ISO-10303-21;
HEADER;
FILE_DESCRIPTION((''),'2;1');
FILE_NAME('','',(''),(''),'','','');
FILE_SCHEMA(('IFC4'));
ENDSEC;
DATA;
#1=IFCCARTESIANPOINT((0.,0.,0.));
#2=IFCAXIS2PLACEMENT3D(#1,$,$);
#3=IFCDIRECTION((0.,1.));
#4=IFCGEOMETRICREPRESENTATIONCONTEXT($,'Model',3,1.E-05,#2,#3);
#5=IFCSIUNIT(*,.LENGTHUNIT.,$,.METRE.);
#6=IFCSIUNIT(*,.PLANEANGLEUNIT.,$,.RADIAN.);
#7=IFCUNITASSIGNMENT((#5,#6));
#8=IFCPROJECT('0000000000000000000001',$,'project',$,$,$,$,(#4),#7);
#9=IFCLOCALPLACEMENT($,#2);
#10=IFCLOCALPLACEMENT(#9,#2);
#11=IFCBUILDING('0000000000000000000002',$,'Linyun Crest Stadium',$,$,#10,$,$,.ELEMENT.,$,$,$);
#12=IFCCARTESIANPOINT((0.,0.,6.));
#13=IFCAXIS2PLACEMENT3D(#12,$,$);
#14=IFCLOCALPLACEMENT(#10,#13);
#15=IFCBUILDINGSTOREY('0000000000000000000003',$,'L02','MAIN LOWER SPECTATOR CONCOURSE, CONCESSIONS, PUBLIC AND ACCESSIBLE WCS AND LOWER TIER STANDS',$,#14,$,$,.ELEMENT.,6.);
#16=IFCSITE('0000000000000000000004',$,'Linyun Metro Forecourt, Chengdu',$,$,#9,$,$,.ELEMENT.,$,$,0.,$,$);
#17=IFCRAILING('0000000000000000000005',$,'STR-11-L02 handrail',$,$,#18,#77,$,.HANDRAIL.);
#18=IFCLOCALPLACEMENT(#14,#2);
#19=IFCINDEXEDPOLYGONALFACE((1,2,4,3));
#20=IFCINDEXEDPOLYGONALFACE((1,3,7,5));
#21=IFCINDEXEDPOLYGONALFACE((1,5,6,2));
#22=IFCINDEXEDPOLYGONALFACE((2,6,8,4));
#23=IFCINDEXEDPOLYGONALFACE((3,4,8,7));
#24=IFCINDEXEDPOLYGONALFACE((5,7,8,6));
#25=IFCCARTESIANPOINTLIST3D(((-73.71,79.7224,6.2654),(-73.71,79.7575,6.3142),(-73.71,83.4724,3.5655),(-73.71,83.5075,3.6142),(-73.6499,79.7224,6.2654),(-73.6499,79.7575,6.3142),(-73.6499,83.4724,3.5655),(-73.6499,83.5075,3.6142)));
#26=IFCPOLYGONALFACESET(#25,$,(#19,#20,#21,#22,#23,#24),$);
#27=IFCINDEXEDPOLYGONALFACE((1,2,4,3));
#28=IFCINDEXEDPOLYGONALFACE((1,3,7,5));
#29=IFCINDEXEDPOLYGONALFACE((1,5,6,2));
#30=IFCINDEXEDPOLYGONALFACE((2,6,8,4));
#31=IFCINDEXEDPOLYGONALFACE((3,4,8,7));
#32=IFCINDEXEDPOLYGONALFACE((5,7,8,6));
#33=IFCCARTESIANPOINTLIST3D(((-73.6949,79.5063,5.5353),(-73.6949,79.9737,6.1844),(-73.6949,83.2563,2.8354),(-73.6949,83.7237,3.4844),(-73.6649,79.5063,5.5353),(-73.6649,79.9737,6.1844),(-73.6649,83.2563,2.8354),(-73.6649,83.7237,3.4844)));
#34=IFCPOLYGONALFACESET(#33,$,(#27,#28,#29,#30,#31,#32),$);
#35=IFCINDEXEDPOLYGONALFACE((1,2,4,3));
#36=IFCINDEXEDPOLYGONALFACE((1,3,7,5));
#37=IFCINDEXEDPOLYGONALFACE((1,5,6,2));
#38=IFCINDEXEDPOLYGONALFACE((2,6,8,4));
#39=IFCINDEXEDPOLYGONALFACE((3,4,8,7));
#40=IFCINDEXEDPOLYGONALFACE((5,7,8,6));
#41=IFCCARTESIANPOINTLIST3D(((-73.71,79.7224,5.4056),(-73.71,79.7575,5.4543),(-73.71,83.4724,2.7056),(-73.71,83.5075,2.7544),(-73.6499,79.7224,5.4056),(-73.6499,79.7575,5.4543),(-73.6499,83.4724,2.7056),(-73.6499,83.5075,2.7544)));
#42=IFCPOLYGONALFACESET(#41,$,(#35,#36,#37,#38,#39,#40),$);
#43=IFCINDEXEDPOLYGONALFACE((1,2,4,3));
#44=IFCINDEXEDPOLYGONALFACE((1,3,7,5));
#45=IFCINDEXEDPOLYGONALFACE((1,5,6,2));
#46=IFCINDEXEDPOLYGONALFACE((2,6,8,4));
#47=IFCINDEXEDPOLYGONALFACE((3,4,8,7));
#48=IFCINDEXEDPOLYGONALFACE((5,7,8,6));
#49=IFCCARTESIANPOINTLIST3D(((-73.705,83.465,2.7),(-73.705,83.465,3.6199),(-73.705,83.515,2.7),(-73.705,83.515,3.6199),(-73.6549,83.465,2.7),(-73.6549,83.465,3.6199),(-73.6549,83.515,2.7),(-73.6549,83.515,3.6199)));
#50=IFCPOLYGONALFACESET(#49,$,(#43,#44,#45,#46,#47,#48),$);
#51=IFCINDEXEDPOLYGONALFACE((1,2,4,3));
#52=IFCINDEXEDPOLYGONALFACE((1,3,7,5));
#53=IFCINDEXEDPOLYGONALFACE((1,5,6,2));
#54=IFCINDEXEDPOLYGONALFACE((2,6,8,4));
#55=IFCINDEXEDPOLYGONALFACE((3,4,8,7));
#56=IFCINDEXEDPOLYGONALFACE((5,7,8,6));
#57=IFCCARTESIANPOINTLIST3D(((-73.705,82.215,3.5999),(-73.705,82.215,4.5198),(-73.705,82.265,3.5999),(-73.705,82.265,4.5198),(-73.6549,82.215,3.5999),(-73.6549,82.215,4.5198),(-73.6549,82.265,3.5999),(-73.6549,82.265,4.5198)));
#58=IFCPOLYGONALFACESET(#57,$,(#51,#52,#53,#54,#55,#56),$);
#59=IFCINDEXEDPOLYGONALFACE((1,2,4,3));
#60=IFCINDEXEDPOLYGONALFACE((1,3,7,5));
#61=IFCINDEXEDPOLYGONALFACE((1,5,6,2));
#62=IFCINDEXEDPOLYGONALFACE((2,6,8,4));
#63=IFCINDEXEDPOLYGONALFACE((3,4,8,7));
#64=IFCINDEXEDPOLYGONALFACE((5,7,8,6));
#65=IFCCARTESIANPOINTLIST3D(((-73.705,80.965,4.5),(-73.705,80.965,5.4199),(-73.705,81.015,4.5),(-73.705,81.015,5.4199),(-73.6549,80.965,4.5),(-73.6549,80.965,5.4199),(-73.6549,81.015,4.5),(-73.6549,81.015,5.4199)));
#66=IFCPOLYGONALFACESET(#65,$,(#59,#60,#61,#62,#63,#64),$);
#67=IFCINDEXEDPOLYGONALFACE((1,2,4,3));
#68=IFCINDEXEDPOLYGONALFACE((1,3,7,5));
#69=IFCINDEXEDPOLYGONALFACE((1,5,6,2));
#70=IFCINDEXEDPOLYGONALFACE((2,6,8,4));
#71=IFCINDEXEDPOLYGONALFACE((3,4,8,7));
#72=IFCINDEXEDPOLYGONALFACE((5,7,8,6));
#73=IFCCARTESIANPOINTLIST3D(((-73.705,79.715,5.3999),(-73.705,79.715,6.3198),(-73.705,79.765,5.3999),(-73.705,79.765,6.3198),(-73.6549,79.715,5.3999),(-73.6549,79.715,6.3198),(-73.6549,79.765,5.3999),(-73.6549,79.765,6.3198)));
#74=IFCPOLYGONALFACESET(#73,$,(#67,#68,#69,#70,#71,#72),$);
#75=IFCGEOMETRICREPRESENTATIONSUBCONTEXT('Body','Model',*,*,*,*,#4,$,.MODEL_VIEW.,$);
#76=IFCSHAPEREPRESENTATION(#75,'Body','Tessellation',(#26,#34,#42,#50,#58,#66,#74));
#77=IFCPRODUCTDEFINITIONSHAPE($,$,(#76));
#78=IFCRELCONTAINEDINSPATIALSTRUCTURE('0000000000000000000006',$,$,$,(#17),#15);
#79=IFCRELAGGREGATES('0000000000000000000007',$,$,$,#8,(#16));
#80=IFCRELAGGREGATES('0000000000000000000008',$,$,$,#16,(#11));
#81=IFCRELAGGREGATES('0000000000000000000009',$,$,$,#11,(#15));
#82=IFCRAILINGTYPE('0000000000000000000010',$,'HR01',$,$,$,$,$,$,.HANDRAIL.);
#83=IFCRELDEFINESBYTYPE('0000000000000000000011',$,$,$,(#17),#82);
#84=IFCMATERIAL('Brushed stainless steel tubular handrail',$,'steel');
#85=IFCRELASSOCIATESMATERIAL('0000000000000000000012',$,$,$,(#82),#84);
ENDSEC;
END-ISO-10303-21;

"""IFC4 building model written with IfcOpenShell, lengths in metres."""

from ifc_helpers import new_model, si_unit, direction, frame, origin, origin_2d, place, context, subcontext, project, spatial, rectangle, extrude, material, type_object, element, save


model = new_model("IFC4")

# Units and contexts
model_context = context("Model", 3, precision=1e-05, world=origin(), true_north=direction((0.0, 1.0)))
body_context = subcontext(model_context, "Body", "Model", "MODEL_VIEW")
ifc_project = project(units=[si_unit("LENGTHUNIT", "METRE"), si_unit("PLANEANGLEUNIT", "RADIAN")], contexts=[model_context])

# Site, building, storey
site_placement = place(None, origin())
site = spatial("IfcSite", under=ifc_project, at=site_placement, Name="Linyun Metro Forecourt, Chengdu", CompositionType="ELEMENT", RefElevation=0.0)
building_placement = place(site_placement, origin())
building = spatial("IfcBuilding", under=site, at=building_placement, Name="Linyun Crest Stadium", CompositionType="ELEMENT")
storey_placement = place(building_placement, frame((0.0, 0.0, 6.0)))
storey = spatial("IfcBuildingStorey", under=building, at=storey_placement, Name="L02", Description="MAIN LOWER SPECTATOR CONCOURSE, CONCESSIONS, PUBLIC AND ACCESSIBLE WCS AND LOWER TIER STANDS", CompositionType="ELEMENT", Elevation=6.0)

# Railing
ifc_material_1 = material(Name="Brushed stainless steel tubular handrail", Category="steel")
railing_type_1 = type_object("IfcRailingType", Name="HR01", PredefinedType="HANDRAIL", material=ifc_material_1)
railing_1_placement = place(storey_placement, frame((-73.6799, 83.49, 2.7)))
element("IfcRailing", 1, at=railing_1_placement, inside=storey, type_object=railing_type_1, Name="STR-11-L02 handrail", PredefinedType="HANDRAIL", context=body_context, shape_type="SweptSolid", body=[
    extrude(rectangle(XDim=0.0601, YDim=0.0601, at=origin_2d()), frame((0.0, 0.0, 0.8899), z_axis=(0.0, -0.811539, 0.584298), x_axis=(1.0, 0.0, 0.0)), (0.0, 0.0, 1.0), 4.6208),
    extrude(rectangle(XDim=0.03, YDim=0.7998, at=origin_2d()), frame((0.0, 0.0, 0.46), z_axis=(0.0, -0.811539, 0.584298), x_axis=(1.0, 0.0, 0.0)), (0.0, 0.0, 1.0), 4.6208),
    extrude(rectangle(XDim=0.0601, YDim=0.0601, at=origin_2d()), frame((0.0, 0.0, 0.03), z_axis=(0.0, -0.811539, 0.584298), x_axis=(1.0, 0.0, 0.0)), (0.0, 0.0, 1.0), 4.6208),
    extrude(rectangle(XDim=0.05, YDim=0.05, at=origin_2d()), origin(), (0.0, 0.0, 1.0), 0.9199),
    extrude(rectangle(XDim=0.05, YDim=0.05, at=origin_2d()), frame((0.0, -1.25, 0.8999)), (0.0, 0.0, 1.0), 0.9199),
    extrude(rectangle(XDim=0.05, YDim=0.05, at=origin_2d()), frame((0.0, -2.5, 1.8)), (0.0, 0.0, 1.0), 0.9199),
    extrude(rectangle(XDim=0.05, YDim=0.05, at=origin_2d()), frame((0.0, -3.75, 2.7)), (0.0, 0.0, 1.0), 0.9199),
])

save(model, "model.ifc")
